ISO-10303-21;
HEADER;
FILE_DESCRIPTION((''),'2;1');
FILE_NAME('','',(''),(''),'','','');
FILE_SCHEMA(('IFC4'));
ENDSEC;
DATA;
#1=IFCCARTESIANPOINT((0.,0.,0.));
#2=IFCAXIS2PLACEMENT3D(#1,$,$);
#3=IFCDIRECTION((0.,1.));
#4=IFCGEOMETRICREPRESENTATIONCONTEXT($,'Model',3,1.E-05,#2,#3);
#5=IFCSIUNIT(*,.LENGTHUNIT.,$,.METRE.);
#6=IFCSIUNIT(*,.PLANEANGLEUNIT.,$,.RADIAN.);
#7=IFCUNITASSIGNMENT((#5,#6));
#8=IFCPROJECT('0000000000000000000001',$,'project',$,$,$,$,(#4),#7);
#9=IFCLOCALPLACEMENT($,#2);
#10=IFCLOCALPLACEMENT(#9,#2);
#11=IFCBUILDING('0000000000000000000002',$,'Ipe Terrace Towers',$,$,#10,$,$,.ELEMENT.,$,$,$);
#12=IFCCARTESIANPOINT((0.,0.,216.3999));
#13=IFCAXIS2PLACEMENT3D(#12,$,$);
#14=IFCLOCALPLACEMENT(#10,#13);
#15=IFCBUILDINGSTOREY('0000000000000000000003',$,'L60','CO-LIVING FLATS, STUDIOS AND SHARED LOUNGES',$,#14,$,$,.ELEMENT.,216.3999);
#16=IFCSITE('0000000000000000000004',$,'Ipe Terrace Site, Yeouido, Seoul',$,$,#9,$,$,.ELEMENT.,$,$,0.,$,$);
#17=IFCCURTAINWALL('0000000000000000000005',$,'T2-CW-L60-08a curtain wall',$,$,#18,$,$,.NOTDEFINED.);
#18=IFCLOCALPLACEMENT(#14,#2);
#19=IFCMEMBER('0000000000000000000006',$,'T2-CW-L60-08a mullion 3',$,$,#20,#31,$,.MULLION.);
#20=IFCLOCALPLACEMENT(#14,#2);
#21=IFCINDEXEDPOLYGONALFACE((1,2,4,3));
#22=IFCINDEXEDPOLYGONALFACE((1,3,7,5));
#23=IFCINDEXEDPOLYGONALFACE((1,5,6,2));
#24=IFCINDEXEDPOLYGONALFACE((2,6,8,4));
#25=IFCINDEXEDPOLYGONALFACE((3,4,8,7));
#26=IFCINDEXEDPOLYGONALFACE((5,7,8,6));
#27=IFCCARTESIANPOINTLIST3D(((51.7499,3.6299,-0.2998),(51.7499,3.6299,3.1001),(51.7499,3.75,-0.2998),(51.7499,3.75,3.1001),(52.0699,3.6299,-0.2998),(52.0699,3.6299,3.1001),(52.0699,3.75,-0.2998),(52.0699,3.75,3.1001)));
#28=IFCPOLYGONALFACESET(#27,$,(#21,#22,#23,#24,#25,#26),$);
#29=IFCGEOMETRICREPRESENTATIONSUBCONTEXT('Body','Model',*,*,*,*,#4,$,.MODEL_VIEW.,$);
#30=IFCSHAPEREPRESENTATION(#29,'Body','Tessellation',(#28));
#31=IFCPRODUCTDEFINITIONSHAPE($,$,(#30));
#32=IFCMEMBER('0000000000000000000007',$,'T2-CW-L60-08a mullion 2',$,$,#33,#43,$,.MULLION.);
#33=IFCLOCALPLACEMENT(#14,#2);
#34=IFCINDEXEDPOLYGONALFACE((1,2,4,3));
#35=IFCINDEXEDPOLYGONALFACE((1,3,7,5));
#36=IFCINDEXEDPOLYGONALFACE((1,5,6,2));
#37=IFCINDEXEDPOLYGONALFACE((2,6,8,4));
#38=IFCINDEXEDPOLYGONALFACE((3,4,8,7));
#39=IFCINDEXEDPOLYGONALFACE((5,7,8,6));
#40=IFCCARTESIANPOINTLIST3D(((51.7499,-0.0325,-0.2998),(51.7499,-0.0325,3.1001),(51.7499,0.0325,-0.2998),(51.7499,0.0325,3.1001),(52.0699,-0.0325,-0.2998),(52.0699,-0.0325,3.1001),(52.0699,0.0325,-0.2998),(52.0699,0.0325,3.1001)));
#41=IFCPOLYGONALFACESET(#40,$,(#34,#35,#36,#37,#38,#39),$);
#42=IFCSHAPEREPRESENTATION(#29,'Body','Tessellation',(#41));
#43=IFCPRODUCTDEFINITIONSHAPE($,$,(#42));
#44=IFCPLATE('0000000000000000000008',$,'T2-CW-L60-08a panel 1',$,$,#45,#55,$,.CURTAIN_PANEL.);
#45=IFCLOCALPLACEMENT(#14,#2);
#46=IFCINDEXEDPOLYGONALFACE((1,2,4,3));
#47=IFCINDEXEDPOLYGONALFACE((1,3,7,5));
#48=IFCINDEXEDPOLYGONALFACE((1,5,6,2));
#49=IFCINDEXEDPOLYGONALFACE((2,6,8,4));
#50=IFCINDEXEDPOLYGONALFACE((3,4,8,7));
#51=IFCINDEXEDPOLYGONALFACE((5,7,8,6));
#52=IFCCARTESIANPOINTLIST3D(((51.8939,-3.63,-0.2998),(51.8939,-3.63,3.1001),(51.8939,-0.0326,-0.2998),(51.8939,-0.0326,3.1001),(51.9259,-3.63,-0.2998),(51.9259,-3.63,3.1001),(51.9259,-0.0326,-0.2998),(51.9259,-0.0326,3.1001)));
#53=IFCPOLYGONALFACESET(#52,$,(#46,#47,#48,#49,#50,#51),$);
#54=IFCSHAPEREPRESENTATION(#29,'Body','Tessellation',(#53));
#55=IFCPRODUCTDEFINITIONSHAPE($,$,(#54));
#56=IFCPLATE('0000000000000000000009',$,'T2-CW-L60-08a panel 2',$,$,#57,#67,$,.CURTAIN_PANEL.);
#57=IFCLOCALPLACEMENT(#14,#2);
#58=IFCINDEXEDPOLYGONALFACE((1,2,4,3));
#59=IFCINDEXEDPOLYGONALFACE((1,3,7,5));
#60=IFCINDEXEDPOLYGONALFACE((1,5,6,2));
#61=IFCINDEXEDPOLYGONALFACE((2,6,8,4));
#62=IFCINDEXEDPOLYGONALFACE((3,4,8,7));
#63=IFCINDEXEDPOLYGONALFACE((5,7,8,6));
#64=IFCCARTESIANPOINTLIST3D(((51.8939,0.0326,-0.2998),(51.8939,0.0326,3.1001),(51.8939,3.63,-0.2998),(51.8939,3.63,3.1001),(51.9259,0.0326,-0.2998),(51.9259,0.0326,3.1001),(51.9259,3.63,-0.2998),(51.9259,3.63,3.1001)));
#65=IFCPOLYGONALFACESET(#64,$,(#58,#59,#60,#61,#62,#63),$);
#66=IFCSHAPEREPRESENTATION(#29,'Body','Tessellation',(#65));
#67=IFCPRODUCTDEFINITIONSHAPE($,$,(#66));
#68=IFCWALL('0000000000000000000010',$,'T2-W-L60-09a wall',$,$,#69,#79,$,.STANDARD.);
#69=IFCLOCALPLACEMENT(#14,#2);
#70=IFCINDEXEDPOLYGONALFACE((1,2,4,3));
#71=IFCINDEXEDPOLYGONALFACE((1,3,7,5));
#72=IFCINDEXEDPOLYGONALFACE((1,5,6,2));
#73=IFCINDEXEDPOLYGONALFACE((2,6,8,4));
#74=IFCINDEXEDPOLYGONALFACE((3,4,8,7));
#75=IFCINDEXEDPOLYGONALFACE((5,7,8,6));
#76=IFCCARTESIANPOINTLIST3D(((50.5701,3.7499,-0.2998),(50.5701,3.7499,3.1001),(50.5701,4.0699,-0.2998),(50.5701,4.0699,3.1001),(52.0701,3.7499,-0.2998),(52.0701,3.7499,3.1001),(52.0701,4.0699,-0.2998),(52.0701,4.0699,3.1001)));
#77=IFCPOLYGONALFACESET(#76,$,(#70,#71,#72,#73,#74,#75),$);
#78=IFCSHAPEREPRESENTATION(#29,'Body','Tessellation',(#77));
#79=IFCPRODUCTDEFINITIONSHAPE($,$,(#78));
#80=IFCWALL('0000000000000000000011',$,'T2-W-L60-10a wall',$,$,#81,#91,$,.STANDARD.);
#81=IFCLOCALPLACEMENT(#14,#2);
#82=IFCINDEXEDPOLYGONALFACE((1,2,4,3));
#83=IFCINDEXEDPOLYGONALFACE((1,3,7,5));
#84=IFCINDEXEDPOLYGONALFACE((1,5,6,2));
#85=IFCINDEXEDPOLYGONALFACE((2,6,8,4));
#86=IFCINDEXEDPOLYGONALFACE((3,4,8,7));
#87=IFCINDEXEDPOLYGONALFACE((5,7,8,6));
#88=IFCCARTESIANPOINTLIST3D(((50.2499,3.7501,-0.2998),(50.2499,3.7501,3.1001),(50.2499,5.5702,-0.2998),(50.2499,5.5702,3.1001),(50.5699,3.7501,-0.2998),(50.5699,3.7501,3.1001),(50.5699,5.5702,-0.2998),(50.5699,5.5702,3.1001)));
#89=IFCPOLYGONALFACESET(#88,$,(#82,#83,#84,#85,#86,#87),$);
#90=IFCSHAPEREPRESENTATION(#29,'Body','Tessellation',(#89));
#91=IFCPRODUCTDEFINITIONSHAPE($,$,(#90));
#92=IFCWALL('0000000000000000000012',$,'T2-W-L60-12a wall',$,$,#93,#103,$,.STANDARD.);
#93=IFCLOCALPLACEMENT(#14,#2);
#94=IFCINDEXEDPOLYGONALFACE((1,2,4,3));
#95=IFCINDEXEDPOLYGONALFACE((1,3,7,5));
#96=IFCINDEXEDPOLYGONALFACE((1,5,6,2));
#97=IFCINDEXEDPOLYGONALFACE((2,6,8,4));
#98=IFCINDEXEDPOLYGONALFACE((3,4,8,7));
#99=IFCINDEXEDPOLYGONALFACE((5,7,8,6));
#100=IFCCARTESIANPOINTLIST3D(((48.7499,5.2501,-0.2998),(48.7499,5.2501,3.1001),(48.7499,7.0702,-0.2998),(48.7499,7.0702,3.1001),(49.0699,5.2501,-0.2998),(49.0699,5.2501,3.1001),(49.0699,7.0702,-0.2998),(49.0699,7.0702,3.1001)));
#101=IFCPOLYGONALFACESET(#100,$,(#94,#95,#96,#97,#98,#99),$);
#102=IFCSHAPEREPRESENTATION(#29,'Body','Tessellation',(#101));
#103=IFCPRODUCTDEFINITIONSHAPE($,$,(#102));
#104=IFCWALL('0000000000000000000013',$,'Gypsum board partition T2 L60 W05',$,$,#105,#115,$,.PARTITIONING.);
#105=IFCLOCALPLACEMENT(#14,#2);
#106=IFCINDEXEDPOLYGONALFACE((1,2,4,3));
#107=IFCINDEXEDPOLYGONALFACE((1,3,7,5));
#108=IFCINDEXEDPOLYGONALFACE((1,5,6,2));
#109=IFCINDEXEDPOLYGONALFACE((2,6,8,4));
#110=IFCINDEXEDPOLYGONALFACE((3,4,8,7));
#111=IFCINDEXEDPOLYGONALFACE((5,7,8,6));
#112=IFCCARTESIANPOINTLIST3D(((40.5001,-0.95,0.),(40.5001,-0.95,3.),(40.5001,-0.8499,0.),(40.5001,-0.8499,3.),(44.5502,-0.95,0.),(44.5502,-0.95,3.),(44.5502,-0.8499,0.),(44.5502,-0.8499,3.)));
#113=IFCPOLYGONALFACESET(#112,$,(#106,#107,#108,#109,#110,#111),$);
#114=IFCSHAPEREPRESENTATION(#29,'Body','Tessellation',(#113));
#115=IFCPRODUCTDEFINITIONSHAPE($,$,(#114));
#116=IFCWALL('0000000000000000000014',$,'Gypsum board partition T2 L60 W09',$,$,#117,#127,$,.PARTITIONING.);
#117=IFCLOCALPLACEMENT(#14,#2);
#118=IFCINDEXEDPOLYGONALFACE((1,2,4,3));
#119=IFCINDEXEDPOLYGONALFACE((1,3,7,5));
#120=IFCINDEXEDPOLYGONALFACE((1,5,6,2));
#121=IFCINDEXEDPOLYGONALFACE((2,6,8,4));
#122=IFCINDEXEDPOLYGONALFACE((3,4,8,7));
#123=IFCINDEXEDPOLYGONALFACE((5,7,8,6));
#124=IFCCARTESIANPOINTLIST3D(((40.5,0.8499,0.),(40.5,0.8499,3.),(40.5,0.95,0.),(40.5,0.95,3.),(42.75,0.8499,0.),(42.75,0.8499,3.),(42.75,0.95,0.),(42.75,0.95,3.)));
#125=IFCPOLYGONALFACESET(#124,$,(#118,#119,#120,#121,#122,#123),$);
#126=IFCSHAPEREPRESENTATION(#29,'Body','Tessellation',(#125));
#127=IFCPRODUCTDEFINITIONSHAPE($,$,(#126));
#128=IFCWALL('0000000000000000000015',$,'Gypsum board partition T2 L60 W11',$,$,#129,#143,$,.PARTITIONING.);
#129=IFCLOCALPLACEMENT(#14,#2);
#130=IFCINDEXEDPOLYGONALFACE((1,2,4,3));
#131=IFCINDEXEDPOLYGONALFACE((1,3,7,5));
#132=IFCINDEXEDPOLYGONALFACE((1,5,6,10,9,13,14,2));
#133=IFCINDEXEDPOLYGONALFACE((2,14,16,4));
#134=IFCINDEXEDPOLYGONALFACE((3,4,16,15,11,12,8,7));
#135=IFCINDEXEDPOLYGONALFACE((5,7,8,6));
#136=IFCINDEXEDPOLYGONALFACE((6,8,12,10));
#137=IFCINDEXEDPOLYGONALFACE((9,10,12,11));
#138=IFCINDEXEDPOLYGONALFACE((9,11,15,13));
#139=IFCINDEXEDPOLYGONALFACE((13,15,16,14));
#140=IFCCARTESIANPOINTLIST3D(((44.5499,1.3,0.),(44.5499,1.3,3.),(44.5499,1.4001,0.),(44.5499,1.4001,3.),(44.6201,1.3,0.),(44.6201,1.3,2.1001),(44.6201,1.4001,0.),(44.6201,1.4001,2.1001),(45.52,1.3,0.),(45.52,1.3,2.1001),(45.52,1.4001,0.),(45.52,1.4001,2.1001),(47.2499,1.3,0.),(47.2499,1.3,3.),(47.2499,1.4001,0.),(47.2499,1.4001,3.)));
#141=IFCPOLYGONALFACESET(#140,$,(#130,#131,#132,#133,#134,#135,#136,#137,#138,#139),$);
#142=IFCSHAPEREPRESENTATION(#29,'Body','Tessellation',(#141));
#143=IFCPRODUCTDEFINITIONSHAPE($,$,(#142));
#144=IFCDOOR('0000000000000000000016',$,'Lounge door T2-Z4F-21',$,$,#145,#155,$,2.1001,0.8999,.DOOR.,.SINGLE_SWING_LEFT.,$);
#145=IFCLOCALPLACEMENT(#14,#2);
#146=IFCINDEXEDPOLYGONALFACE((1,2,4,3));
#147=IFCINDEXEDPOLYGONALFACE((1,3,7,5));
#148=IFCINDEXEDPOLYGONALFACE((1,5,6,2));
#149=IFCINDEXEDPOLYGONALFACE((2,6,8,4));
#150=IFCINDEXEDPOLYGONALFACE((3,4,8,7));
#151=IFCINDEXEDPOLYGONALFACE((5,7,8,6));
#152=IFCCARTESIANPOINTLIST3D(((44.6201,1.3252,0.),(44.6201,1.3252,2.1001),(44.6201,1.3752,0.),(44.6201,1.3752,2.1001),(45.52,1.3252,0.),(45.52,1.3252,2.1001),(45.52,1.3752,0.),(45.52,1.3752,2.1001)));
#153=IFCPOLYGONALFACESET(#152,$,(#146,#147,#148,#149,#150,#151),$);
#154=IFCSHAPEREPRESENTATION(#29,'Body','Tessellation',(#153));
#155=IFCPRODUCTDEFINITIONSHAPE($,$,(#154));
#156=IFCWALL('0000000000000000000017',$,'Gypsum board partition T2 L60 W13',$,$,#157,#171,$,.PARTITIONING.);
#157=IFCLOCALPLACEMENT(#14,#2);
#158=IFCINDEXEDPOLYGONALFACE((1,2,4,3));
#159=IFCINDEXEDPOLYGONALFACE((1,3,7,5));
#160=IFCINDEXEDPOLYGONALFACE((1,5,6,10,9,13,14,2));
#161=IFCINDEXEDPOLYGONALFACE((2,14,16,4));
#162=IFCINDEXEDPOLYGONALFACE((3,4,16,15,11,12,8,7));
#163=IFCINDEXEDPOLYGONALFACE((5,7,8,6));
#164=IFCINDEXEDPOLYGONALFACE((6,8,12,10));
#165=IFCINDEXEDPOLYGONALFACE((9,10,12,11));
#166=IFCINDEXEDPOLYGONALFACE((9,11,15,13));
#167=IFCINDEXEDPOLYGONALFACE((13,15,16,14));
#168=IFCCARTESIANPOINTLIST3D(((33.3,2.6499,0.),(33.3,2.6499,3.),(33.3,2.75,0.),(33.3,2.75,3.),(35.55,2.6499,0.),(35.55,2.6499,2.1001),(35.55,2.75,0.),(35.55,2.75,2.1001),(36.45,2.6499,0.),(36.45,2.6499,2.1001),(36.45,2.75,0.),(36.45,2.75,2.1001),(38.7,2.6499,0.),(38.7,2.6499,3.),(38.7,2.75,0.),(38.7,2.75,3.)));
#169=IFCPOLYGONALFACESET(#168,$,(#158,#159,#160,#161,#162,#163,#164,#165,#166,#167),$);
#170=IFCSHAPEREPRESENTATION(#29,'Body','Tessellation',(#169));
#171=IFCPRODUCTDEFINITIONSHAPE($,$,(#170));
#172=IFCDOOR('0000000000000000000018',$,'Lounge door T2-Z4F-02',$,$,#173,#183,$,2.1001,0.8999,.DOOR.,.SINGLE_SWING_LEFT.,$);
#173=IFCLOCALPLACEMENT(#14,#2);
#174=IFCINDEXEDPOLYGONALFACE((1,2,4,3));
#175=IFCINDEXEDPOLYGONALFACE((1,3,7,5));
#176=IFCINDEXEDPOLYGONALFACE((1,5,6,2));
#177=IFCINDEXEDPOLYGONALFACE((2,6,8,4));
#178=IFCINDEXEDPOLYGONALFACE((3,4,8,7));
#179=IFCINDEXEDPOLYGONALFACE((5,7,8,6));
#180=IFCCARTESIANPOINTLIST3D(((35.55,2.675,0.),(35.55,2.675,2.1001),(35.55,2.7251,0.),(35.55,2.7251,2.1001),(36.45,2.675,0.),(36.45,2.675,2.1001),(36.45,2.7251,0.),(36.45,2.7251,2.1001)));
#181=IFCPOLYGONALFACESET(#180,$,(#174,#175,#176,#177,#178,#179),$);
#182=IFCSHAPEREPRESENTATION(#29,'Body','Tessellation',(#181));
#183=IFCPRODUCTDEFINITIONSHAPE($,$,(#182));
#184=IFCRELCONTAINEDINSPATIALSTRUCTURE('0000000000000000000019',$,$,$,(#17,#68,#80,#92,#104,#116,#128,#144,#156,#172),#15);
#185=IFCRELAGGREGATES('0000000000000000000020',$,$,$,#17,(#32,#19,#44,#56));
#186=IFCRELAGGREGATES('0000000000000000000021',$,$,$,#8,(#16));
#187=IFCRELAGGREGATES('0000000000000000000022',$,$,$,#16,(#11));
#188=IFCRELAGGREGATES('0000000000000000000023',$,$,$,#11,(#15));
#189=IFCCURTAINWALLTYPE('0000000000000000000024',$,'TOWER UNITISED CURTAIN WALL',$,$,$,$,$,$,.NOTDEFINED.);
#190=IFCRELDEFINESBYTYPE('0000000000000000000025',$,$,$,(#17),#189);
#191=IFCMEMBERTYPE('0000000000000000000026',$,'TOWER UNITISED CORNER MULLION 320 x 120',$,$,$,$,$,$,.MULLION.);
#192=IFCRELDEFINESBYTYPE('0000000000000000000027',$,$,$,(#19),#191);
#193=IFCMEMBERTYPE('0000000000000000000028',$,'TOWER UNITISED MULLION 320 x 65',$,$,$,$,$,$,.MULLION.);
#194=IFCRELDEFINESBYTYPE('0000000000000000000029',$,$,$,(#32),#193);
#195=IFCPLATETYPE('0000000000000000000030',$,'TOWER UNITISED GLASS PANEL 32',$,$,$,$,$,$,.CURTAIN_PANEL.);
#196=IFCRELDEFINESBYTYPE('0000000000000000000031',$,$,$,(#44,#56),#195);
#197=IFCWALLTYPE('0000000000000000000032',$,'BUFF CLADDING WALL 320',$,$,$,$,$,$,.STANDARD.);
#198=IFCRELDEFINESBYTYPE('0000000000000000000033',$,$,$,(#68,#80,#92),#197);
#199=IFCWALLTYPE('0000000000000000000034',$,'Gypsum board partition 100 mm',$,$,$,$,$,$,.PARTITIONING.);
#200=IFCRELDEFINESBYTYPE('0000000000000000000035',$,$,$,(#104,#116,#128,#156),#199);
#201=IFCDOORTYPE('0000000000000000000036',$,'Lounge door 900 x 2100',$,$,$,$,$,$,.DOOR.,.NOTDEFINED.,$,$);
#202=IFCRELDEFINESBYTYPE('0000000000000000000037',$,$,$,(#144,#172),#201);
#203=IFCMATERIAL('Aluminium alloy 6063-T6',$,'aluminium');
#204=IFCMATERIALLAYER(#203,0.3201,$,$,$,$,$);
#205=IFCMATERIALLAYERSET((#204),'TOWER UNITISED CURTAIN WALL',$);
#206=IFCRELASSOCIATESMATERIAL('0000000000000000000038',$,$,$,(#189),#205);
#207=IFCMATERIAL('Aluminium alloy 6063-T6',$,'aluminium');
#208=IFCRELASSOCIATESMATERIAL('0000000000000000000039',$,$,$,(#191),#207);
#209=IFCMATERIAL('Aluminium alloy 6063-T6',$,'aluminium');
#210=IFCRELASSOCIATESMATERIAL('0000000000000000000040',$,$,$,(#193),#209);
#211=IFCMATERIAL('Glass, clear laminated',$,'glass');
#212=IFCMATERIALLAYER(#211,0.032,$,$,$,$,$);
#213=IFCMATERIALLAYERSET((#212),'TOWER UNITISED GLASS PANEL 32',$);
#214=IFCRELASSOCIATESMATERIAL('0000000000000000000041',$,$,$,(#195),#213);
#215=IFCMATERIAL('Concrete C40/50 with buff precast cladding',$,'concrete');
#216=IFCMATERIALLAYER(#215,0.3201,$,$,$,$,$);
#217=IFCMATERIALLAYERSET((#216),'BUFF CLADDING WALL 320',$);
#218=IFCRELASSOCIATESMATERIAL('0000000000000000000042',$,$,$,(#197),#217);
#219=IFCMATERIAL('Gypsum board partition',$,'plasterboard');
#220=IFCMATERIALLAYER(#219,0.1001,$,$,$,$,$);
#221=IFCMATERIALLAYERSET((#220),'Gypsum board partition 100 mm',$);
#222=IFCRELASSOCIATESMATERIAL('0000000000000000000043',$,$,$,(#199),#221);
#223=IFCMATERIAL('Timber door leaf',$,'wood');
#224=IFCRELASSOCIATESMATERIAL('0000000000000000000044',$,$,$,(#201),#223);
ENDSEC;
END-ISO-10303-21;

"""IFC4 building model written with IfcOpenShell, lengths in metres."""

from ifc_helpers import new_model, si_unit, direction, frame, frame_2d, origin, origin_2d, place, context, subcontext, project, spatial, rectangle, extrude, material, layer, layer_set, material_profile, profile_set, type_object, element, fill, aggregate, save


model = new_model("IFC4")

# Units and contexts
model_context = context("Model", 3, precision=1e-05, world=origin(), true_north=direction((0.0, 1.0)))
body_context = subcontext(model_context, "Body", "Model", "MODEL_VIEW")
ifc_project = project(units=[si_unit("LENGTHUNIT", "METRE"), si_unit("PLANEANGLEUNIT", "RADIAN")], contexts=[model_context])

# Site, building, storey
site_placement = place(None, origin())
site = spatial("IfcSite", under=ifc_project, at=site_placement, Name="Ipe Terrace Site, Yeouido, Seoul", CompositionType="ELEMENT", RefElevation=0.0)
building_placement = place(site_placement, origin())
building = spatial("IfcBuilding", under=site, at=building_placement, Name="Ipe Terrace Towers", CompositionType="ELEMENT")
storey_placement = place(building_placement, frame((0.0, 0.0, 216.3999)))
storey = spatial("IfcBuildingStorey", under=building, at=storey_placement, Name="L60", Description="CO-LIVING FLATS, STUDIOS AND SHARED LOUNGES", CompositionType="ELEMENT", Elevation=216.3999)

# Curtain wall, members, plates
ifc_material_1 = material(Name="Aluminium alloy 6063-T6", Category="aluminium")
ifc_layer_1 = layer(ifc_material_1, 0.3201)
ifc_layer_set_1 = layer_set([ifc_layer_1], Name="TOWER UNITISED CURTAIN WALL")
curtain_wall_type = type_object("IfcCurtainWallType", Name="TOWER UNITISED CURTAIN WALL", PredefinedType="NOTDEFINED", material=ifc_layer_set_1)
curtain_wall_placement = place(storey_placement, origin())
curtain_wall = element("IfcCurtainWall", 1, at=curtain_wall_placement, inside=storey, type_object=curtain_wall_type, Name="T2-CW-L60-08a curtain wall", PredefinedType="NOTDEFINED")
ifc_material_2 = material(Name="Aluminium alloy 6063-T6", Category="aluminium")
ifc_material_profile_1 = material_profile(ifc_material_2, rectangle(XDim=0.3201, YDim=0.1201, at=origin_2d()), Name="TOWER UNITISED CORNER MULLION 320 x 120")
ifc_profile_set_1 = profile_set([ifc_material_profile_1], Name="Aluminium alloy 6063-T6")
member_type_1 = type_object("IfcMemberType", Name="TOWER UNITISED CORNER MULLION 320 x 120", PredefinedType="MULLION", material=ifc_profile_set_1)
member_1_placement = place(storey_placement, frame((51.9099, 3.6899, -0.2998), z_axis=(0.0, 0.0, 1.0), x_axis=(1.0, 0.0, 0.0)))
member_1 = element("IfcMember", 2, at=member_1_placement, type_object=member_type_1, Name="T2-CW-L60-08a mullion 3", PredefinedType="MULLION", context=body_context, shape_type="SweptSolid", body=[
    extrude(rectangle(XDim=0.3201, YDim=0.1201, at=origin_2d()), origin(), (0.0, 0.0, 1.0), 3.3999),
])
ifc_material_3 = material(Name="Aluminium alloy 6063-T6", Category="aluminium")
ifc_material_profile_2 = material_profile(ifc_material_3, rectangle(XDim=0.3201, YDim=0.0649, at=origin_2d()), Name="TOWER UNITISED MULLION 320 x 65")
ifc_profile_set_2 = profile_set([ifc_material_profile_2], Name="Aluminium alloy 6063-T6")
member_type_2 = type_object("IfcMemberType", Name="TOWER UNITISED MULLION 320 x 65", PredefinedType="MULLION", material=ifc_profile_set_2)
member_2_placement = place(storey_placement, frame((51.9099, 0.0, -0.2998), z_axis=(0.0, 0.0, 1.0), x_axis=(1.0, 0.0, 0.0)))
member_2 = element("IfcMember", 3, at=member_2_placement, type_object=member_type_2, Name="T2-CW-L60-08a mullion 2", PredefinedType="MULLION", context=body_context, shape_type="SweptSolid", body=[
    extrude(rectangle(XDim=0.3201, YDim=0.0649, at=origin_2d()), origin(), (0.0, 0.0, 1.0), 3.3999),
])
ifc_material_4 = material(Name="Glass, clear laminated", Category="glass")
ifc_layer_2 = layer(ifc_material_4, 0.032)
ifc_layer_set_2 = layer_set([ifc_layer_2], Name="TOWER UNITISED GLASS PANEL 32")
plate_type = type_object("IfcPlateType", Name="TOWER UNITISED GLASS PANEL 32", PredefinedType="CURTAIN_PANEL", material=ifc_layer_set_2)
plate_1_placement = place(storey_placement, frame((51.9099, -1.8313, -0.2998), z_axis=(0.0, 0.0, 1.0), x_axis=(0.0, 1.0, 0.0)))
plate_1 = element("IfcPlate", 4, at=plate_1_placement, type_object=plate_type, Name="T2-CW-L60-08a panel 1", PredefinedType="CURTAIN_PANEL", context=body_context, shape_type="SweptSolid", body=[
    extrude(rectangle(XDim=3.5974, YDim=0.032, at=origin_2d()), origin(), (0.0, 0.0, 1.0), 3.3999),
])
plate_2_placement = place(storey_placement, frame((51.9099, 1.8313, -0.2998), z_axis=(0.0, 0.0, 1.0), x_axis=(0.0, 1.0, 0.0)))
plate_2 = element("IfcPlate", 5, at=plate_2_placement, type_object=plate_type, Name="T2-CW-L60-08a panel 2", PredefinedType="CURTAIN_PANEL", context=body_context, shape_type="SweptSolid", body=[
    extrude(rectangle(XDim=3.5974, YDim=0.032, at=origin_2d()), origin(), (0.0, 0.0, 1.0), 3.3999),
])
aggregate(curtain_wall, [member_2, member_1, plate_1, plate_2])

# Walls
ifc_material_5 = material(Name="Concrete C40/50 with buff precast cladding", Category="concrete")
ifc_layer_3 = layer(ifc_material_5, 0.3201)
ifc_layer_set_3 = layer_set([ifc_layer_3], Name="BUFF CLADDING WALL 320")
wall_type_1 = type_object("IfcWallType", Name="BUFF CLADDING WALL 320", PredefinedType="STANDARD", material=ifc_layer_set_3)
wall_1_placement = place(storey_placement, frame((52.0701, 3.9099, -0.2998), z_axis=(0.0, 0.0, 1.0), x_axis=(-1.0, 0.0, 0.0)))
element("IfcWall", 6, at=wall_1_placement, inside=storey, type_object=wall_type_1, Name="T2-W-L60-09a wall", PredefinedType="STANDARD", context=body_context, shape_type="SweptSolid", body=[
    extrude(rectangle(XDim=1.5, YDim=0.3201, at=frame_2d((0.75, 0.0))), origin(), (0.0, 0.0, 1.0), 3.3999),
])
for number, where, z_axis, x_axis, name in (
    (7, (50.4099, 3.75, -0.2998), (0.0, 0.0, 1.0), (0.0, 1.0, 0.0), "T2-W-L60-10a wall"),
    (8, (48.9099, 5.25, -0.2998), (0.0, 0.0, 1.0), (0.0, 1.0, 0.0), "T2-W-L60-12a wall"),
):
    element("IfcWall", number, at=place(storey_placement, frame(where, z_axis=z_axis, x_axis=x_axis)), inside=storey, type_object=wall_type_1, Name=name, PredefinedType="STANDARD", context=body_context, shape_type="SweptSolid", body=[
        extrude(rectangle(XDim=1.8201, YDim=0.3201, at=frame_2d((0.9102, 0.0))), origin(), (0.0, 0.0, 1.0), 3.3999),
    ])
ifc_material_6 = material(Name="Gypsum board partition", Category="plasterboard")
ifc_layer_4 = layer(ifc_material_6, 0.1001)
ifc_layer_set_4 = layer_set([ifc_layer_4], Name="Gypsum board partition 100 mm")
wall_type_2 = type_object("IfcWallType", Name="Gypsum board partition 100 mm", PredefinedType="PARTITIONING", material=ifc_layer_set_4)
wall_2_placement = place(storey_placement, frame((44.55, -0.8999, 0.0), z_axis=(0.0, 0.0, 1.0), x_axis=(-1.0, 0.0, 0.0)))
element("IfcWall", 9, at=wall_2_placement, inside=storey, type_object=wall_type_2, Name="Gypsum board partition T2 L60 W05", PredefinedType="PARTITIONING", context=body_context, shape_type="SweptSolid", body=[
    extrude(rectangle(XDim=4.05, YDim=0.1001, at=frame_2d((2.0249, 0.0))), origin(), (0.0, 0.0, 1.0), 3.0),
])
wall_3_placement = place(storey_placement, frame((42.75, 0.8999, 0.0), z_axis=(0.0, 0.0, 1.0), x_axis=(-1.0, 0.0, 0.0)))
element("IfcWall", 10, at=wall_3_placement, inside=storey, type_object=wall_type_2, Name="Gypsum board partition T2 L60 W09", PredefinedType="PARTITIONING", context=body_context, shape_type="SweptSolid", body=[
    extrude(rectangle(XDim=2.25, YDim=0.1001, at=frame_2d((1.125, 0.0))), origin(), (0.0, 0.0, 1.0), 3.0),
])

# Walls, openings, doors
wall_4_placement = place(storey_placement, frame((47.25, 1.3501, 0.0), z_axis=(0.0, 0.0, 1.0), x_axis=(-1.0, 0.0, 0.0)))
wall_4 = element("IfcWall", 11, at=wall_4_placement, inside=storey, type_object=wall_type_2, Name="Gypsum board partition T2 L60 W11", PredefinedType="PARTITIONING", context=body_context, shape_type="SweptSolid", body=[
    extrude(rectangle(XDim=2.7, YDim=0.1001, at=frame_2d((1.3501, 0.0))), origin(), (0.0, 0.0, 1.0), 3.0),
])
opening_1_placement = place(wall_4_placement, frame((1.73, 0.0, 0.0)))
opening_1 = element("IfcOpeningElement", 12, at=opening_1_placement, cuts=wall_4, PredefinedType="OPENING", context=body_context, shape_type="SweptSolid", body=[
    extrude(rectangle(XDim=0.8999, YDim=2.1001, at=frame_2d((0.45, 1.05))), frame((0.0, 0.0601, 0.0), z_axis=(0.0, -1.0, 0.0), x_axis=(1.0, 0.0, 0.0)), (0.0, 0.0, 1.0), 0.1201),
])
ifc_material_7 = material(Name="Timber door leaf", Category="wood")
door_type = type_object("IfcDoorType", Name="Lounge door 900 x 2100", OperationType="NOTDEFINED", PredefinedType="DOOR", material=ifc_material_7)
door_1_placement = place(opening_1_placement, origin())
door_1 = element("IfcDoor", 13, at=door_1_placement, inside=storey, type_object=door_type, Name="Lounge door T2-Z4F-21", OperationType="SINGLE_SWING_LEFT", OverallHeight=2.1001, OverallWidth=0.8999, PredefinedType="DOOR", context=body_context, shape_type="SweptSolid", body=[
    extrude(rectangle(XDim=0.8999, YDim=2.1001, at=frame_2d((0.45, 1.05))), frame((0.0, 0.0249, 0.0), z_axis=(0.0, -1.0, 0.0), x_axis=(1.0, 0.0, 0.0)), (0.0, 0.0, 1.0), 0.05),
])
fill(opening_1, door_1)
wall_5_placement = place(storey_placement, frame((38.7, 2.7, 0.0), z_axis=(0.0, 0.0, 1.0), x_axis=(-1.0, 0.0, 0.0)))
wall_5 = element("IfcWall", 14, at=wall_5_placement, inside=storey, type_object=wall_type_2, Name="Gypsum board partition T2 L60 W13", PredefinedType="PARTITIONING", context=body_context, shape_type="SweptSolid", body=[
    extrude(rectangle(XDim=5.3999, YDim=0.1001, at=frame_2d((2.7, 0.0))), origin(), (0.0, 0.0, 1.0), 3.0),
])
opening_2_placement = place(wall_5_placement, frame((2.25, 0.0, 0.0)))
opening_2 = element("IfcOpeningElement", 15, at=opening_2_placement, cuts=wall_5, PredefinedType="OPENING", context=body_context, shape_type="SweptSolid", body=[
    extrude(rectangle(XDim=0.8999, YDim=2.1001, at=frame_2d((0.45, 1.05))), frame((0.0, 0.0601, 0.0), z_axis=(0.0, -1.0, 0.0), x_axis=(1.0, 0.0, 0.0)), (0.0, 0.0, 1.0), 0.1201),
])
door_2_placement = place(opening_2_placement, origin())
door_2 = element("IfcDoor", 16, at=door_2_placement, inside=storey, type_object=door_type, Name="Lounge door T2-Z4F-02", OperationType="SINGLE_SWING_LEFT", OverallHeight=2.1001, OverallWidth=0.8999, PredefinedType="DOOR", context=body_context, shape_type="SweptSolid", body=[
    extrude(rectangle(XDim=0.8999, YDim=2.1001, at=frame_2d((0.45, 1.05))), frame((0.0, 0.0249, 0.0), z_axis=(0.0, -1.0, 0.0), x_axis=(1.0, 0.0, 0.0)), (0.0, 0.0, 1.0), 0.05),
])
fill(opening_2, door_2)

save(model, "model.ifc")
